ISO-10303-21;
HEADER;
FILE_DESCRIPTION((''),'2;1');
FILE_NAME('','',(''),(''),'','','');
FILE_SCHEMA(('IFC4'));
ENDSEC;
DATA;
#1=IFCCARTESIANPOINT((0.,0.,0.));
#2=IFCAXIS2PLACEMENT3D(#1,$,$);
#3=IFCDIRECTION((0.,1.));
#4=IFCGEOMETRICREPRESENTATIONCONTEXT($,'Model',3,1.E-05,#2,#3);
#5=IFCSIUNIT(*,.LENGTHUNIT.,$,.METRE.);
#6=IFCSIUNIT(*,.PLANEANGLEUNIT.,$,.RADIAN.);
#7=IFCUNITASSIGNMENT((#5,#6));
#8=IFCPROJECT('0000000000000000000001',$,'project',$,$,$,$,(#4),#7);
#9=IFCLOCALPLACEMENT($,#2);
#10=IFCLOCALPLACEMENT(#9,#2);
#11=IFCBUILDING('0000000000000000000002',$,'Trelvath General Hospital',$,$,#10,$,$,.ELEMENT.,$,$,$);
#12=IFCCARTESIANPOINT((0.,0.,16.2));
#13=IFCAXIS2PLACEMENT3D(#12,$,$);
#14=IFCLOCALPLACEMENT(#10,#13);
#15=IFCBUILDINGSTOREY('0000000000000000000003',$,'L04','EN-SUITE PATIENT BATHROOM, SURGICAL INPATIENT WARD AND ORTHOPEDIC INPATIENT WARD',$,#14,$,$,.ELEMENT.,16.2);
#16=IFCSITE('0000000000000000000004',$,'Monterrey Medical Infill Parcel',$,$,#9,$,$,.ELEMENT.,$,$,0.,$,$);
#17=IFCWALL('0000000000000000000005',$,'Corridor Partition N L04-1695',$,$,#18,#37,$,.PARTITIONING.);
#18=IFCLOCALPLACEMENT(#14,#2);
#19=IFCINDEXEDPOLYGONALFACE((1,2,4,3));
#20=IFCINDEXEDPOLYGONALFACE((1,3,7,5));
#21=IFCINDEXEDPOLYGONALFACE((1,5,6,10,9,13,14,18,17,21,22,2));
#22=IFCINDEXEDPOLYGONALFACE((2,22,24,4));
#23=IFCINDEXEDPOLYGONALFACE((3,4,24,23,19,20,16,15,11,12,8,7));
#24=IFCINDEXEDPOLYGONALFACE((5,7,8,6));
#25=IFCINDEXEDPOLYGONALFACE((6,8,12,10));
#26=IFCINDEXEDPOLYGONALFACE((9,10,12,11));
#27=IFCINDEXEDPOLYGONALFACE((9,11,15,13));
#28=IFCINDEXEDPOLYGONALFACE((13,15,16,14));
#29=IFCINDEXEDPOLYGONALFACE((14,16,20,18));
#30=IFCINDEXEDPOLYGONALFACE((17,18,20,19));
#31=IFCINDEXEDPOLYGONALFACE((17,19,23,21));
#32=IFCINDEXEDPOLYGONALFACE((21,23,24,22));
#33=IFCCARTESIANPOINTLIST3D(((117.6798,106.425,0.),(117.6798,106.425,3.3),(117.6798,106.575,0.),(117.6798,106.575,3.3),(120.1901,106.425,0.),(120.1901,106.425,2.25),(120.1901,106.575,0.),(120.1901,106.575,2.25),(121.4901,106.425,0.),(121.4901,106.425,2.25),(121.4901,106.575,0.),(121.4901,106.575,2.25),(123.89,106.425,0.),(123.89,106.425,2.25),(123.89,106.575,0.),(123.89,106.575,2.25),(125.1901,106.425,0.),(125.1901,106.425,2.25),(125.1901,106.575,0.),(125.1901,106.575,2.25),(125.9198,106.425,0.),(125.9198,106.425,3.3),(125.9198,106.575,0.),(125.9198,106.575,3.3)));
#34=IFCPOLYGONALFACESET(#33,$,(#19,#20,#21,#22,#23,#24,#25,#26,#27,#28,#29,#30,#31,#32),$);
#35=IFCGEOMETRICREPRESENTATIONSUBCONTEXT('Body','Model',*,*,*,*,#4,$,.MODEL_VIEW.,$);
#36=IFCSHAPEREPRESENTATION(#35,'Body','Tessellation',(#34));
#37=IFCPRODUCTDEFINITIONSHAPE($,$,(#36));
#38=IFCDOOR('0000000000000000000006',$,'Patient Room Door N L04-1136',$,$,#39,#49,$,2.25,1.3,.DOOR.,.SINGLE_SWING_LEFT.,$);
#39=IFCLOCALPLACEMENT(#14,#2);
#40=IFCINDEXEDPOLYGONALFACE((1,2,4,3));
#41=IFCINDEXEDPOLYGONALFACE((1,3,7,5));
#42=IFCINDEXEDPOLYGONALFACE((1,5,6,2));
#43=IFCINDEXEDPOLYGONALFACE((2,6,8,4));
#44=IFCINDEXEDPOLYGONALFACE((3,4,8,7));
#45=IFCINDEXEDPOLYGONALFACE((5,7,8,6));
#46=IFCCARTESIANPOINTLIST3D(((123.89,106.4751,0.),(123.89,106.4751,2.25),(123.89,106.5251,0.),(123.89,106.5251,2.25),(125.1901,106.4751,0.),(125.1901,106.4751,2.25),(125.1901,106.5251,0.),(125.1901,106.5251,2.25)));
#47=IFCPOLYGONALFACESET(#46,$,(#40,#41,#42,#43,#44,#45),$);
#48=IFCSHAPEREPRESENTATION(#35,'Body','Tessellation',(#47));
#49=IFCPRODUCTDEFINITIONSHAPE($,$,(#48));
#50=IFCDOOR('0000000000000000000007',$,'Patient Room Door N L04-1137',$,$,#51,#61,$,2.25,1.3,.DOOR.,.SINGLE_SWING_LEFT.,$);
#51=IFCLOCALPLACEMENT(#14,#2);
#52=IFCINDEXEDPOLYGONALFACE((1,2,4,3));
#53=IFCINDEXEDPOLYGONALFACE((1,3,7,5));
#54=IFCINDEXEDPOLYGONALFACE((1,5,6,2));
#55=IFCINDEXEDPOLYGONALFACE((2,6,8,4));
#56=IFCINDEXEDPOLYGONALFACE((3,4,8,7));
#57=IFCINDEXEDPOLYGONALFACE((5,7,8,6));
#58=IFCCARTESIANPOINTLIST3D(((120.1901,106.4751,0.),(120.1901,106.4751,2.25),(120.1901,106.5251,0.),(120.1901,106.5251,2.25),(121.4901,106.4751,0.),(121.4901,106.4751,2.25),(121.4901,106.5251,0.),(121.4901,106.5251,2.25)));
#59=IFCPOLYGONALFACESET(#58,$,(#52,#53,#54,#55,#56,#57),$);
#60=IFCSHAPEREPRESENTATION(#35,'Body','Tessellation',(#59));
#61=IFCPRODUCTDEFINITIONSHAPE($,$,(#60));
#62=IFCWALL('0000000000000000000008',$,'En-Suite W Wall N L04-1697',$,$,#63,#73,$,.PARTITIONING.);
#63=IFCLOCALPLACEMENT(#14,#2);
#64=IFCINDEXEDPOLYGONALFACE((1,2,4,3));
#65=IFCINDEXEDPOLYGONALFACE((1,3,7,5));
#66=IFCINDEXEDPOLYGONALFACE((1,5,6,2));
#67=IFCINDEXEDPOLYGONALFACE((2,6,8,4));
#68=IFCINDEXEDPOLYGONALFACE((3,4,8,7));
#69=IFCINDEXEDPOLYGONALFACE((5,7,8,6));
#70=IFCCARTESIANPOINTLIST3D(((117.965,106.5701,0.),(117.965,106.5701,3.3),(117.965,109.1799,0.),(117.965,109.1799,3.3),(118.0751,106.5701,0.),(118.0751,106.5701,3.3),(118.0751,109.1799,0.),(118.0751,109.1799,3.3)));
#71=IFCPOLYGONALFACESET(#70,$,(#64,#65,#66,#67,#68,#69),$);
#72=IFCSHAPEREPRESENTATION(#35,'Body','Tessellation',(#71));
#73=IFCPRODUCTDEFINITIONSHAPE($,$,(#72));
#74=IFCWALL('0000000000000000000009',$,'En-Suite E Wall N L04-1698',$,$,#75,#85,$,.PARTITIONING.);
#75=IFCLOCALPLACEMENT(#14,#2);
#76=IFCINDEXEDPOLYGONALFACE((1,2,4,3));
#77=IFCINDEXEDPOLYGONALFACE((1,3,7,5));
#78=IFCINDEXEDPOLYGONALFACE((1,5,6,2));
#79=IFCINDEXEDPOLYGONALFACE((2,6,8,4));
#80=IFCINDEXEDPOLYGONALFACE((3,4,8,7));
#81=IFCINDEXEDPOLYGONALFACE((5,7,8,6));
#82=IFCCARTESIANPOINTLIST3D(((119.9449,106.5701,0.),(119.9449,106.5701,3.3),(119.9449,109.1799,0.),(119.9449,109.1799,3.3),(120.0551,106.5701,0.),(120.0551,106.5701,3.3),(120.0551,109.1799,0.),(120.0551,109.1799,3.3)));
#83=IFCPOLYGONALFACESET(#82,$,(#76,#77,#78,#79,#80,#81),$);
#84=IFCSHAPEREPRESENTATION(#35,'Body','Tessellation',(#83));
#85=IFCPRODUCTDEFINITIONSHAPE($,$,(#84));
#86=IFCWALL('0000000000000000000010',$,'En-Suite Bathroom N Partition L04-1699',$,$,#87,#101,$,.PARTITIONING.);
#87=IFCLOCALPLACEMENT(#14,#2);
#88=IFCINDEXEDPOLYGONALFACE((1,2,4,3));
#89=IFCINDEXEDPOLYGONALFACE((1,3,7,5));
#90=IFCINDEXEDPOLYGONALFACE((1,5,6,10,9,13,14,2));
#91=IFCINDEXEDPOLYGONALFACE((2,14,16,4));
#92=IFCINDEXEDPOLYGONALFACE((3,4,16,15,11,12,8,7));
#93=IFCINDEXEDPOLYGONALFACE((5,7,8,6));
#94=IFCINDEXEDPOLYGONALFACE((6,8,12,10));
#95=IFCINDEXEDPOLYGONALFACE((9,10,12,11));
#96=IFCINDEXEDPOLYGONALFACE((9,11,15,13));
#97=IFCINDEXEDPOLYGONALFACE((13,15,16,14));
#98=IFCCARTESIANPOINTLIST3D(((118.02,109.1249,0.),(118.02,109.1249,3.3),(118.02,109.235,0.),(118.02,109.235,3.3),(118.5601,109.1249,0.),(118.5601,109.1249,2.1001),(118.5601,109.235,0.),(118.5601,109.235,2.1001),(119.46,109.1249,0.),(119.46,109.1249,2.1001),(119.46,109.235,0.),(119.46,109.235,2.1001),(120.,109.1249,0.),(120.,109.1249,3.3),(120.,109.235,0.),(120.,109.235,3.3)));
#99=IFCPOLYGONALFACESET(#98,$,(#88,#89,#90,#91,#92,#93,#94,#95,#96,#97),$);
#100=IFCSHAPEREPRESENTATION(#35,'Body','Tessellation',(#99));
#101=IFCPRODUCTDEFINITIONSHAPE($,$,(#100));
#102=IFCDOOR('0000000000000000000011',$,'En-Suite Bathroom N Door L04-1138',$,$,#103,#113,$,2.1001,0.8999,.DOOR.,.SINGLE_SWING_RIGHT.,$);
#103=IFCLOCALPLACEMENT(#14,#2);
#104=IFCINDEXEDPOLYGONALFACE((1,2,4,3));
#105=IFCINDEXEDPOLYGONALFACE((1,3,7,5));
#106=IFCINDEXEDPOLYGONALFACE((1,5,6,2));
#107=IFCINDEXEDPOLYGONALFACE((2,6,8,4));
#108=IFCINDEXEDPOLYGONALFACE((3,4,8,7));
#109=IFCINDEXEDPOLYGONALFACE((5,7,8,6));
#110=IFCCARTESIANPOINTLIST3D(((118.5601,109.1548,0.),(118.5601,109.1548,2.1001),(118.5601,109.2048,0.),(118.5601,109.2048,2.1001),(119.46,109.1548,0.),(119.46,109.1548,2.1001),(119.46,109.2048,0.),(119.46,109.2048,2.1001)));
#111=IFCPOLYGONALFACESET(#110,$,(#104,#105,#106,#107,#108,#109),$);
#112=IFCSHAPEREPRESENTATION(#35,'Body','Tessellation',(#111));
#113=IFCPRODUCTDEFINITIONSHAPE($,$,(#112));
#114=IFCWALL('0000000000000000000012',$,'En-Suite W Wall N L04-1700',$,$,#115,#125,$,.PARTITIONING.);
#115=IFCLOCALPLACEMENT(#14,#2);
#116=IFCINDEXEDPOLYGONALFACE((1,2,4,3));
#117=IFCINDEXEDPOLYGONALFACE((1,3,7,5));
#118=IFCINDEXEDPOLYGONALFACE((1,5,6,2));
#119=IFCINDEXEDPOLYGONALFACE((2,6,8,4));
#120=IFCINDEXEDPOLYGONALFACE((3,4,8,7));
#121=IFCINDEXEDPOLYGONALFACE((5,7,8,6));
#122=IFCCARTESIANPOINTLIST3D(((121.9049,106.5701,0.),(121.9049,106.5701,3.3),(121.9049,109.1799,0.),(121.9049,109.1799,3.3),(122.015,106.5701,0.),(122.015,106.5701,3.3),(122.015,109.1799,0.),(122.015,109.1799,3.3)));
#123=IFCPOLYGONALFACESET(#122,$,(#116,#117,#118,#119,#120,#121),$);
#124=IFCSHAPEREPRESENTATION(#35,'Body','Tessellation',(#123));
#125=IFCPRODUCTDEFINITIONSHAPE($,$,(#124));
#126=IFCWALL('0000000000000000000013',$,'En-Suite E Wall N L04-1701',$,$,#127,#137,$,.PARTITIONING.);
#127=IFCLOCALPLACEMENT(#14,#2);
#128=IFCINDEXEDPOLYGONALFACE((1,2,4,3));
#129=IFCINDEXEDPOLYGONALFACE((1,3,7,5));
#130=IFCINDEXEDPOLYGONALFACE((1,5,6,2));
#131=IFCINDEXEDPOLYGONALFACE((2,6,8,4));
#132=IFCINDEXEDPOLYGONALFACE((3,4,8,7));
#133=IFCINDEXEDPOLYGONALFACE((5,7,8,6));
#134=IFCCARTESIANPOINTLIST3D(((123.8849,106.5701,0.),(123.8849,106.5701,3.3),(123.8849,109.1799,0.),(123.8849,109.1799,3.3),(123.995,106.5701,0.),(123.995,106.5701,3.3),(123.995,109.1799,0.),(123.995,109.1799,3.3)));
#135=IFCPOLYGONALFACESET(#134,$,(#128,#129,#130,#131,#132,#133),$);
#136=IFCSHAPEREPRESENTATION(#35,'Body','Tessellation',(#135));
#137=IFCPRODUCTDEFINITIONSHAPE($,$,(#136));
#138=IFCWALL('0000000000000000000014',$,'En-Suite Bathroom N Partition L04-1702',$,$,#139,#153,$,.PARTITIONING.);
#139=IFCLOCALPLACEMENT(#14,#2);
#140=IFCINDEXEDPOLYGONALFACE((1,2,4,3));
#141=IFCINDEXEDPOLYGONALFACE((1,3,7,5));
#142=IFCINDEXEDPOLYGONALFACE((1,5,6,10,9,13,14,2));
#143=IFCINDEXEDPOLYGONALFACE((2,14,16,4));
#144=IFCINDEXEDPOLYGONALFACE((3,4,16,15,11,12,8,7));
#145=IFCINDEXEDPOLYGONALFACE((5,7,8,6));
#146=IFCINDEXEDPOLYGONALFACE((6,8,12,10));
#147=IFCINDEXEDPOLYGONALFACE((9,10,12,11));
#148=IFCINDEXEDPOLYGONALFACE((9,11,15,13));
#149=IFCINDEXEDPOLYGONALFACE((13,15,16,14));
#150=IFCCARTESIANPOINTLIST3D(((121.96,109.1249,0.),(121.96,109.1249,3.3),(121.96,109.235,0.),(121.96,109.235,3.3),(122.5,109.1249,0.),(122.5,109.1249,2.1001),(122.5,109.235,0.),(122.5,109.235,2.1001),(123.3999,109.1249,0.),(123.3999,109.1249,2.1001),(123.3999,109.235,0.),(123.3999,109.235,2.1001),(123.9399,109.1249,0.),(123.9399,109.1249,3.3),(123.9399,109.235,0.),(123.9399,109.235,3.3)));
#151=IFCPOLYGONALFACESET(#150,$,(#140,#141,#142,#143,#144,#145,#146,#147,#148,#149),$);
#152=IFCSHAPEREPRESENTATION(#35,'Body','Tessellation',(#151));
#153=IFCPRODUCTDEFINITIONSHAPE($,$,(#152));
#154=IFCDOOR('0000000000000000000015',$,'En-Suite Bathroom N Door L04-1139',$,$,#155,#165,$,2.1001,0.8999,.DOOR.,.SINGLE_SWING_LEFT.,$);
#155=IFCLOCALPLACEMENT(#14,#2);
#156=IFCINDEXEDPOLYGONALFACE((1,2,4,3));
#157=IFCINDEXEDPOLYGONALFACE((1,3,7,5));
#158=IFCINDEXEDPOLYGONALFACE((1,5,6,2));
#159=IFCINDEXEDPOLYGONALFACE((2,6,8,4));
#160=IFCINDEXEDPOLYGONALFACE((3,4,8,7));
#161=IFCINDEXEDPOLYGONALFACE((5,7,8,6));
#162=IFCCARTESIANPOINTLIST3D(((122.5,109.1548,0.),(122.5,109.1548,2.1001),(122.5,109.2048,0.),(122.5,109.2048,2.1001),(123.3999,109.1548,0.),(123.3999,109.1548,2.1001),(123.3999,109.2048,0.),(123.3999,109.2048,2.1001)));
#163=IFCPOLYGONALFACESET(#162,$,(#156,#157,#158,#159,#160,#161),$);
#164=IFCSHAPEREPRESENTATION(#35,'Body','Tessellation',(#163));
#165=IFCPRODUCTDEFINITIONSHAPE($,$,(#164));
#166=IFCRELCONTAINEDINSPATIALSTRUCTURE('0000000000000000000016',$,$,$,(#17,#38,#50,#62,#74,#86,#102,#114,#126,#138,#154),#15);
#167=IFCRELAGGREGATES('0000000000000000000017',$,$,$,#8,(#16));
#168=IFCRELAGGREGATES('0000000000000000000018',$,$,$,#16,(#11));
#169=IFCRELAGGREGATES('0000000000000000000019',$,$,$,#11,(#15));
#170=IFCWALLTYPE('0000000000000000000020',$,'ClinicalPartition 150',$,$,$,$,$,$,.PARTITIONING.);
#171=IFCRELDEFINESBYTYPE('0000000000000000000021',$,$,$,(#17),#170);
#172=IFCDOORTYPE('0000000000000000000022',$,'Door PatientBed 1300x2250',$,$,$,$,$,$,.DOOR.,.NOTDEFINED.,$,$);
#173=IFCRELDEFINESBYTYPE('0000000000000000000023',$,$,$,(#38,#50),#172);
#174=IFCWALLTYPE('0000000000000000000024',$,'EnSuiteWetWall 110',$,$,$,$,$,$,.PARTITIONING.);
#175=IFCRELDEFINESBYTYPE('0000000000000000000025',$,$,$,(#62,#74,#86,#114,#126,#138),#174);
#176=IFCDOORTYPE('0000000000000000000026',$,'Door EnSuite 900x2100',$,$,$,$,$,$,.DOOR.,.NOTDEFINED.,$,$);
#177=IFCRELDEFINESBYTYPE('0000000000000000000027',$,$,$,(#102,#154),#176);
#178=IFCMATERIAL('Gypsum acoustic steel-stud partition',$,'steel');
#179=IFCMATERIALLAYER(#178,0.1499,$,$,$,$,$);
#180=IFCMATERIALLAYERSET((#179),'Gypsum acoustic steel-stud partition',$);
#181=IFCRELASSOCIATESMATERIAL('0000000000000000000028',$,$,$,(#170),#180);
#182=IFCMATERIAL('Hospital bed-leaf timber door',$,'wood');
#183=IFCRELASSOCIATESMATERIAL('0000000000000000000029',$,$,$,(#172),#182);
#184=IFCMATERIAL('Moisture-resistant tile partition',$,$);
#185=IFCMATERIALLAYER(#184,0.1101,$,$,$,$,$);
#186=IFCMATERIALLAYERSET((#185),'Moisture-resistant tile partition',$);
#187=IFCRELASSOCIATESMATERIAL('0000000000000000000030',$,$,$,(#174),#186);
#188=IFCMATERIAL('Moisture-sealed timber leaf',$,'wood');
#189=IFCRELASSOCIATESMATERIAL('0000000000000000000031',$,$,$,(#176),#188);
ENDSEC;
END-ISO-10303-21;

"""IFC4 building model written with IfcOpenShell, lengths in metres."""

from ifc_helpers import new_model, si_unit, direction, frame, frame_2d, origin, place, context, subcontext, project, spatial, rectangle, extrude, material, layer, layer_set, type_object, element, fill, save


model = new_model("IFC4")

# Units and contexts
model_context = context("Model", 3, precision=1e-05, world=origin(), true_north=direction((0.0, 1.0)))
body_context = subcontext(model_context, "Body", "Model", "MODEL_VIEW")
ifc_project = project(units=[si_unit("LENGTHUNIT", "METRE"), si_unit("PLANEANGLEUNIT", "RADIAN")], contexts=[model_context])

# Site, building, storey
site_placement = place(None, origin())
site = spatial("IfcSite", under=ifc_project, at=site_placement, Name="Monterrey Medical Infill Parcel", CompositionType="ELEMENT", RefElevation=0.0)
building_placement = place(site_placement, origin())
building = spatial("IfcBuilding", under=site, at=building_placement, Name="Trelvath General Hospital", CompositionType="ELEMENT")
storey_placement = place(building_placement, frame((0.0, 0.0, 16.2)))
storey = spatial("IfcBuildingStorey", under=building, at=storey_placement, Name="L04", Description="EN-SUITE PATIENT BATHROOM, SURGICAL INPATIENT WARD AND ORTHOPEDIC INPATIENT WARD", CompositionType="ELEMENT", Elevation=16.2)

# Shared definitions
ifc_material_1 = material(Name="Gypsum acoustic steel-stud partition", Category="steel")
ifc_layer_1 = layer(ifc_material_1, 0.1499)
ifc_layer_set_1 = layer_set([ifc_layer_1], Name="Gypsum acoustic steel-stud partition")
wall_type_1 = type_object("IfcWallType", Name="ClinicalPartition 150", PredefinedType="PARTITIONING", material=ifc_layer_set_1)

# Wall, openings, doors
wall_1_placement = place(storey_placement, frame((125.9199, 106.5, 0.0), z_axis=(0.0, 0.0, 1.0), x_axis=(-1.0, 0.0, 0.0)))
wall_1 = element("IfcWall", 1, at=wall_1_placement, inside=storey, type_object=wall_type_1, Name="Corridor Partition N L04-1695", PredefinedType="PARTITIONING", context=body_context, shape_type="SweptSolid", body=[
    extrude(rectangle(XDim=8.24, YDim=0.1499, at=frame_2d((4.1201, 0.0))), origin(), (0.0, 0.0, 1.0), 3.3),
])
opening_1_placement = place(wall_1_placement, frame((0.73, 0.0, 0.0)))
opening_1 = element("IfcOpeningElement", 2, at=opening_1_placement, cuts=wall_1, PredefinedType="OPENING", context=body_context, shape_type="SweptSolid", body=[
    extrude(rectangle(XDim=1.3, YDim=2.25, at=frame_2d((0.6499, 1.125))), frame((0.0, 0.085, 0.0), z_axis=(0.0, -1.0, 0.0), x_axis=(1.0, 0.0, 0.0)), (0.0, 0.0, 1.0), 0.1699),
])
opening_2_placement = place(wall_1_placement, frame((4.4299, 0.0, 0.0)))
opening_2 = element("IfcOpeningElement", 3, at=opening_2_placement, cuts=wall_1, PredefinedType="OPENING", context=body_context, shape_type="SweptSolid", body=[
    extrude(rectangle(XDim=1.3, YDim=2.25, at=frame_2d((0.6499, 1.125))), frame((0.0, 0.085, 0.0), z_axis=(0.0, -1.0, 0.0), x_axis=(1.0, 0.0, 0.0)), (0.0, 0.0, 1.0), 0.1699),
])
ifc_material_2 = material(Name="Hospital bed-leaf timber door", Category="wood")
door_type_1 = type_object("IfcDoorType", Name="Door PatientBed 1300x2250", OperationType="NOTDEFINED", PredefinedType="DOOR", material=ifc_material_2)
door_1_placement = place(opening_1_placement, origin())
door_1 = element("IfcDoor", 4, at=door_1_placement, inside=storey, type_object=door_type_1, Name="Patient Room Door N L04-1136", OperationType="SINGLE_SWING_LEFT", OverallHeight=2.25, OverallWidth=1.3, PredefinedType="DOOR", context=body_context, shape_type="SweptSolid", body=[
    extrude(rectangle(XDim=1.3, YDim=2.25, at=frame_2d((0.6499, 1.125))), frame((0.0, 0.0249, 0.0), z_axis=(0.0, -1.0, 0.0), x_axis=(1.0, 0.0, 0.0)), (0.0, 0.0, 1.0), 0.05),
])
fill(opening_1, door_1)
door_2_placement = place(opening_2_placement, origin())
door_2 = element("IfcDoor", 5, at=door_2_placement, inside=storey, type_object=door_type_1, Name="Patient Room Door N L04-1137", OperationType="SINGLE_SWING_LEFT", OverallHeight=2.25, OverallWidth=1.3, PredefinedType="DOOR", context=body_context, shape_type="SweptSolid", body=[
    extrude(rectangle(XDim=1.3, YDim=2.25, at=frame_2d((0.6499, 1.125))), frame((0.0, 0.0249, 0.0), z_axis=(0.0, -1.0, 0.0), x_axis=(1.0, 0.0, 0.0)), (0.0, 0.0, 1.0), 0.05),
])
fill(opening_2, door_2)

# Walls
ifc_material_3 = material(Name="Moisture-resistant tile partition")
ifc_layer_2 = layer(ifc_material_3, 0.1101)
ifc_layer_set_2 = layer_set([ifc_layer_2], Name="Moisture-resistant tile partition")
wall_type_2 = type_object("IfcWallType", Name="EnSuiteWetWall 110", PredefinedType="PARTITIONING", material=ifc_layer_set_2)
for number, where, z_axis, x_axis, name in (
    (6, (118.02, 106.5701, 0.0), (0.0, 0.0, 1.0), (0.0, 1.0, 0.0), "En-Suite W Wall N L04-1697"),
    (7, (120.0, 106.5701, 0.0), (0.0, 0.0, 1.0), (0.0, 1.0, 0.0), "En-Suite E Wall N L04-1698"),
):
    element("IfcWall", number, at=place(storey_placement, frame(where, z_axis=z_axis, x_axis=x_axis)), inside=storey, type_object=wall_type_2, Name=name, PredefinedType="PARTITIONING", context=body_context, shape_type="SweptSolid", body=[
        extrude(rectangle(XDim=2.6099, YDim=0.1101, at=frame_2d((1.3049, 0.0))), origin(), (0.0, 0.0, 1.0), 3.3),
    ])

# Wall, opening, door
wall_2_placement = place(storey_placement, frame((118.02, 109.1799, 0.0), z_axis=(0.0, 0.0, 1.0), x_axis=(1.0, 0.0, 0.0)))
wall_2 = element("IfcWall", 8, at=wall_2_placement, inside=storey, type_object=wall_type_2, Name="En-Suite Bathroom N Partition L04-1699", PredefinedType="PARTITIONING", context=body_context, shape_type="SweptSolid", body=[
    extrude(rectangle(XDim=1.98, YDim=0.1101, at=frame_2d((0.99, 0.0))), origin(), (0.0, 0.0, 1.0), 3.3),
])
opening_3_placement = place(wall_2_placement, frame((0.54, 0.0, 0.0)))
opening_3 = element("IfcOpeningElement", 9, at=opening_3_placement, cuts=wall_2, PredefinedType="OPENING", context=body_context, shape_type="SweptSolid", body=[
    extrude(rectangle(XDim=0.8999, YDim=2.1001, at=frame_2d((0.45, 1.05))), frame((0.0, 0.0649, 0.0), z_axis=(0.0, -1.0, 0.0), x_axis=(1.0, 0.0, 0.0)), (0.0, 0.0, 1.0), 0.1301),
])
ifc_material_4 = material(Name="Moisture-sealed timber leaf", Category="wood")
door_type_2 = type_object("IfcDoorType", Name="Door EnSuite 900x2100", OperationType="NOTDEFINED", PredefinedType="DOOR", material=ifc_material_4)
door_3_placement = place(opening_3_placement, origin())
door_3 = element("IfcDoor", 10, at=door_3_placement, inside=storey, type_object=door_type_2, Name="En-Suite Bathroom N Door L04-1138", OperationType="SINGLE_SWING_RIGHT", OverallHeight=2.1001, OverallWidth=0.8999, PredefinedType="DOOR", context=body_context, shape_type="SweptSolid", body=[
    extrude(rectangle(XDim=0.8999, YDim=2.1001, at=frame_2d((0.45, 1.05))), frame((0.0, 0.0249, 0.0), z_axis=(0.0, -1.0, 0.0), x_axis=(1.0, 0.0, 0.0)), (0.0, 0.0, 1.0), 0.05),
])
fill(opening_3, door_3)

# Walls
for number, where, z_axis, x_axis, name in (
    (11, (121.96, 106.5701, 0.0), (0.0, 0.0, 1.0), (0.0, 1.0, 0.0), "En-Suite W Wall N L04-1700"),
    (12, (123.9399, 106.5701, 0.0), (0.0, 0.0, 1.0), (0.0, 1.0, 0.0), "En-Suite E Wall N L04-1701"),
):
    element("IfcWall", number, at=place(storey_placement, frame(where, z_axis=z_axis, x_axis=x_axis)), inside=storey, type_object=wall_type_2, Name=name, PredefinedType="PARTITIONING", context=body_context, shape_type="SweptSolid", body=[
        extrude(rectangle(XDim=2.6099, YDim=0.1101, at=frame_2d((1.3049, 0.0))), origin(), (0.0, 0.0, 1.0), 3.3),
    ])

# Wall, opening, door
wall_3_placement = place(storey_placement, frame((121.96, 109.1799, 0.0), z_axis=(0.0, 0.0, 1.0), x_axis=(1.0, 0.0, 0.0)))
wall_3 = element("IfcWall", 13, at=wall_3_placement, inside=storey, type_object=wall_type_2, Name="En-Suite Bathroom N Partition L04-1702", PredefinedType="PARTITIONING", context=body_context, shape_type="SweptSolid", body=[
    extrude(rectangle(XDim=1.98, YDim=0.1101, at=frame_2d((0.99, 0.0))), origin(), (0.0, 0.0, 1.0), 3.3),
])
opening_4_placement = place(wall_3_placement, frame((0.54, 0.0, 0.0)))
opening_4 = element("IfcOpeningElement", 14, at=opening_4_placement, cuts=wall_3, PredefinedType="OPENING", context=body_context, shape_type="SweptSolid", body=[
    extrude(rectangle(XDim=0.8999, YDim=2.1001, at=frame_2d((0.45, 1.05))), frame((0.0, 0.0649, 0.0), z_axis=(0.0, -1.0, 0.0), x_axis=(1.0, 0.0, 0.0)), (0.0, 0.0, 1.0), 0.1301),
])
door_4_placement = place(opening_4_placement, origin())
door_4 = element("IfcDoor", 15, at=door_4_placement, inside=storey, type_object=door_type_2, Name="En-Suite Bathroom N Door L04-1139", OperationType="SINGLE_SWING_LEFT", OverallHeight=2.1001, OverallWidth=0.8999, PredefinedType="DOOR", context=body_context, shape_type="SweptSolid", body=[
    extrude(rectangle(XDim=0.8999, YDim=2.1001, at=frame_2d((0.45, 1.05))), frame((0.0, 0.0249, 0.0), z_axis=(0.0, -1.0, 0.0), x_axis=(1.0, 0.0, 0.0)), (0.0, 0.0, 1.0), 0.05),
])
fill(opening_4, door_4)

save(model, "model.ifc")
